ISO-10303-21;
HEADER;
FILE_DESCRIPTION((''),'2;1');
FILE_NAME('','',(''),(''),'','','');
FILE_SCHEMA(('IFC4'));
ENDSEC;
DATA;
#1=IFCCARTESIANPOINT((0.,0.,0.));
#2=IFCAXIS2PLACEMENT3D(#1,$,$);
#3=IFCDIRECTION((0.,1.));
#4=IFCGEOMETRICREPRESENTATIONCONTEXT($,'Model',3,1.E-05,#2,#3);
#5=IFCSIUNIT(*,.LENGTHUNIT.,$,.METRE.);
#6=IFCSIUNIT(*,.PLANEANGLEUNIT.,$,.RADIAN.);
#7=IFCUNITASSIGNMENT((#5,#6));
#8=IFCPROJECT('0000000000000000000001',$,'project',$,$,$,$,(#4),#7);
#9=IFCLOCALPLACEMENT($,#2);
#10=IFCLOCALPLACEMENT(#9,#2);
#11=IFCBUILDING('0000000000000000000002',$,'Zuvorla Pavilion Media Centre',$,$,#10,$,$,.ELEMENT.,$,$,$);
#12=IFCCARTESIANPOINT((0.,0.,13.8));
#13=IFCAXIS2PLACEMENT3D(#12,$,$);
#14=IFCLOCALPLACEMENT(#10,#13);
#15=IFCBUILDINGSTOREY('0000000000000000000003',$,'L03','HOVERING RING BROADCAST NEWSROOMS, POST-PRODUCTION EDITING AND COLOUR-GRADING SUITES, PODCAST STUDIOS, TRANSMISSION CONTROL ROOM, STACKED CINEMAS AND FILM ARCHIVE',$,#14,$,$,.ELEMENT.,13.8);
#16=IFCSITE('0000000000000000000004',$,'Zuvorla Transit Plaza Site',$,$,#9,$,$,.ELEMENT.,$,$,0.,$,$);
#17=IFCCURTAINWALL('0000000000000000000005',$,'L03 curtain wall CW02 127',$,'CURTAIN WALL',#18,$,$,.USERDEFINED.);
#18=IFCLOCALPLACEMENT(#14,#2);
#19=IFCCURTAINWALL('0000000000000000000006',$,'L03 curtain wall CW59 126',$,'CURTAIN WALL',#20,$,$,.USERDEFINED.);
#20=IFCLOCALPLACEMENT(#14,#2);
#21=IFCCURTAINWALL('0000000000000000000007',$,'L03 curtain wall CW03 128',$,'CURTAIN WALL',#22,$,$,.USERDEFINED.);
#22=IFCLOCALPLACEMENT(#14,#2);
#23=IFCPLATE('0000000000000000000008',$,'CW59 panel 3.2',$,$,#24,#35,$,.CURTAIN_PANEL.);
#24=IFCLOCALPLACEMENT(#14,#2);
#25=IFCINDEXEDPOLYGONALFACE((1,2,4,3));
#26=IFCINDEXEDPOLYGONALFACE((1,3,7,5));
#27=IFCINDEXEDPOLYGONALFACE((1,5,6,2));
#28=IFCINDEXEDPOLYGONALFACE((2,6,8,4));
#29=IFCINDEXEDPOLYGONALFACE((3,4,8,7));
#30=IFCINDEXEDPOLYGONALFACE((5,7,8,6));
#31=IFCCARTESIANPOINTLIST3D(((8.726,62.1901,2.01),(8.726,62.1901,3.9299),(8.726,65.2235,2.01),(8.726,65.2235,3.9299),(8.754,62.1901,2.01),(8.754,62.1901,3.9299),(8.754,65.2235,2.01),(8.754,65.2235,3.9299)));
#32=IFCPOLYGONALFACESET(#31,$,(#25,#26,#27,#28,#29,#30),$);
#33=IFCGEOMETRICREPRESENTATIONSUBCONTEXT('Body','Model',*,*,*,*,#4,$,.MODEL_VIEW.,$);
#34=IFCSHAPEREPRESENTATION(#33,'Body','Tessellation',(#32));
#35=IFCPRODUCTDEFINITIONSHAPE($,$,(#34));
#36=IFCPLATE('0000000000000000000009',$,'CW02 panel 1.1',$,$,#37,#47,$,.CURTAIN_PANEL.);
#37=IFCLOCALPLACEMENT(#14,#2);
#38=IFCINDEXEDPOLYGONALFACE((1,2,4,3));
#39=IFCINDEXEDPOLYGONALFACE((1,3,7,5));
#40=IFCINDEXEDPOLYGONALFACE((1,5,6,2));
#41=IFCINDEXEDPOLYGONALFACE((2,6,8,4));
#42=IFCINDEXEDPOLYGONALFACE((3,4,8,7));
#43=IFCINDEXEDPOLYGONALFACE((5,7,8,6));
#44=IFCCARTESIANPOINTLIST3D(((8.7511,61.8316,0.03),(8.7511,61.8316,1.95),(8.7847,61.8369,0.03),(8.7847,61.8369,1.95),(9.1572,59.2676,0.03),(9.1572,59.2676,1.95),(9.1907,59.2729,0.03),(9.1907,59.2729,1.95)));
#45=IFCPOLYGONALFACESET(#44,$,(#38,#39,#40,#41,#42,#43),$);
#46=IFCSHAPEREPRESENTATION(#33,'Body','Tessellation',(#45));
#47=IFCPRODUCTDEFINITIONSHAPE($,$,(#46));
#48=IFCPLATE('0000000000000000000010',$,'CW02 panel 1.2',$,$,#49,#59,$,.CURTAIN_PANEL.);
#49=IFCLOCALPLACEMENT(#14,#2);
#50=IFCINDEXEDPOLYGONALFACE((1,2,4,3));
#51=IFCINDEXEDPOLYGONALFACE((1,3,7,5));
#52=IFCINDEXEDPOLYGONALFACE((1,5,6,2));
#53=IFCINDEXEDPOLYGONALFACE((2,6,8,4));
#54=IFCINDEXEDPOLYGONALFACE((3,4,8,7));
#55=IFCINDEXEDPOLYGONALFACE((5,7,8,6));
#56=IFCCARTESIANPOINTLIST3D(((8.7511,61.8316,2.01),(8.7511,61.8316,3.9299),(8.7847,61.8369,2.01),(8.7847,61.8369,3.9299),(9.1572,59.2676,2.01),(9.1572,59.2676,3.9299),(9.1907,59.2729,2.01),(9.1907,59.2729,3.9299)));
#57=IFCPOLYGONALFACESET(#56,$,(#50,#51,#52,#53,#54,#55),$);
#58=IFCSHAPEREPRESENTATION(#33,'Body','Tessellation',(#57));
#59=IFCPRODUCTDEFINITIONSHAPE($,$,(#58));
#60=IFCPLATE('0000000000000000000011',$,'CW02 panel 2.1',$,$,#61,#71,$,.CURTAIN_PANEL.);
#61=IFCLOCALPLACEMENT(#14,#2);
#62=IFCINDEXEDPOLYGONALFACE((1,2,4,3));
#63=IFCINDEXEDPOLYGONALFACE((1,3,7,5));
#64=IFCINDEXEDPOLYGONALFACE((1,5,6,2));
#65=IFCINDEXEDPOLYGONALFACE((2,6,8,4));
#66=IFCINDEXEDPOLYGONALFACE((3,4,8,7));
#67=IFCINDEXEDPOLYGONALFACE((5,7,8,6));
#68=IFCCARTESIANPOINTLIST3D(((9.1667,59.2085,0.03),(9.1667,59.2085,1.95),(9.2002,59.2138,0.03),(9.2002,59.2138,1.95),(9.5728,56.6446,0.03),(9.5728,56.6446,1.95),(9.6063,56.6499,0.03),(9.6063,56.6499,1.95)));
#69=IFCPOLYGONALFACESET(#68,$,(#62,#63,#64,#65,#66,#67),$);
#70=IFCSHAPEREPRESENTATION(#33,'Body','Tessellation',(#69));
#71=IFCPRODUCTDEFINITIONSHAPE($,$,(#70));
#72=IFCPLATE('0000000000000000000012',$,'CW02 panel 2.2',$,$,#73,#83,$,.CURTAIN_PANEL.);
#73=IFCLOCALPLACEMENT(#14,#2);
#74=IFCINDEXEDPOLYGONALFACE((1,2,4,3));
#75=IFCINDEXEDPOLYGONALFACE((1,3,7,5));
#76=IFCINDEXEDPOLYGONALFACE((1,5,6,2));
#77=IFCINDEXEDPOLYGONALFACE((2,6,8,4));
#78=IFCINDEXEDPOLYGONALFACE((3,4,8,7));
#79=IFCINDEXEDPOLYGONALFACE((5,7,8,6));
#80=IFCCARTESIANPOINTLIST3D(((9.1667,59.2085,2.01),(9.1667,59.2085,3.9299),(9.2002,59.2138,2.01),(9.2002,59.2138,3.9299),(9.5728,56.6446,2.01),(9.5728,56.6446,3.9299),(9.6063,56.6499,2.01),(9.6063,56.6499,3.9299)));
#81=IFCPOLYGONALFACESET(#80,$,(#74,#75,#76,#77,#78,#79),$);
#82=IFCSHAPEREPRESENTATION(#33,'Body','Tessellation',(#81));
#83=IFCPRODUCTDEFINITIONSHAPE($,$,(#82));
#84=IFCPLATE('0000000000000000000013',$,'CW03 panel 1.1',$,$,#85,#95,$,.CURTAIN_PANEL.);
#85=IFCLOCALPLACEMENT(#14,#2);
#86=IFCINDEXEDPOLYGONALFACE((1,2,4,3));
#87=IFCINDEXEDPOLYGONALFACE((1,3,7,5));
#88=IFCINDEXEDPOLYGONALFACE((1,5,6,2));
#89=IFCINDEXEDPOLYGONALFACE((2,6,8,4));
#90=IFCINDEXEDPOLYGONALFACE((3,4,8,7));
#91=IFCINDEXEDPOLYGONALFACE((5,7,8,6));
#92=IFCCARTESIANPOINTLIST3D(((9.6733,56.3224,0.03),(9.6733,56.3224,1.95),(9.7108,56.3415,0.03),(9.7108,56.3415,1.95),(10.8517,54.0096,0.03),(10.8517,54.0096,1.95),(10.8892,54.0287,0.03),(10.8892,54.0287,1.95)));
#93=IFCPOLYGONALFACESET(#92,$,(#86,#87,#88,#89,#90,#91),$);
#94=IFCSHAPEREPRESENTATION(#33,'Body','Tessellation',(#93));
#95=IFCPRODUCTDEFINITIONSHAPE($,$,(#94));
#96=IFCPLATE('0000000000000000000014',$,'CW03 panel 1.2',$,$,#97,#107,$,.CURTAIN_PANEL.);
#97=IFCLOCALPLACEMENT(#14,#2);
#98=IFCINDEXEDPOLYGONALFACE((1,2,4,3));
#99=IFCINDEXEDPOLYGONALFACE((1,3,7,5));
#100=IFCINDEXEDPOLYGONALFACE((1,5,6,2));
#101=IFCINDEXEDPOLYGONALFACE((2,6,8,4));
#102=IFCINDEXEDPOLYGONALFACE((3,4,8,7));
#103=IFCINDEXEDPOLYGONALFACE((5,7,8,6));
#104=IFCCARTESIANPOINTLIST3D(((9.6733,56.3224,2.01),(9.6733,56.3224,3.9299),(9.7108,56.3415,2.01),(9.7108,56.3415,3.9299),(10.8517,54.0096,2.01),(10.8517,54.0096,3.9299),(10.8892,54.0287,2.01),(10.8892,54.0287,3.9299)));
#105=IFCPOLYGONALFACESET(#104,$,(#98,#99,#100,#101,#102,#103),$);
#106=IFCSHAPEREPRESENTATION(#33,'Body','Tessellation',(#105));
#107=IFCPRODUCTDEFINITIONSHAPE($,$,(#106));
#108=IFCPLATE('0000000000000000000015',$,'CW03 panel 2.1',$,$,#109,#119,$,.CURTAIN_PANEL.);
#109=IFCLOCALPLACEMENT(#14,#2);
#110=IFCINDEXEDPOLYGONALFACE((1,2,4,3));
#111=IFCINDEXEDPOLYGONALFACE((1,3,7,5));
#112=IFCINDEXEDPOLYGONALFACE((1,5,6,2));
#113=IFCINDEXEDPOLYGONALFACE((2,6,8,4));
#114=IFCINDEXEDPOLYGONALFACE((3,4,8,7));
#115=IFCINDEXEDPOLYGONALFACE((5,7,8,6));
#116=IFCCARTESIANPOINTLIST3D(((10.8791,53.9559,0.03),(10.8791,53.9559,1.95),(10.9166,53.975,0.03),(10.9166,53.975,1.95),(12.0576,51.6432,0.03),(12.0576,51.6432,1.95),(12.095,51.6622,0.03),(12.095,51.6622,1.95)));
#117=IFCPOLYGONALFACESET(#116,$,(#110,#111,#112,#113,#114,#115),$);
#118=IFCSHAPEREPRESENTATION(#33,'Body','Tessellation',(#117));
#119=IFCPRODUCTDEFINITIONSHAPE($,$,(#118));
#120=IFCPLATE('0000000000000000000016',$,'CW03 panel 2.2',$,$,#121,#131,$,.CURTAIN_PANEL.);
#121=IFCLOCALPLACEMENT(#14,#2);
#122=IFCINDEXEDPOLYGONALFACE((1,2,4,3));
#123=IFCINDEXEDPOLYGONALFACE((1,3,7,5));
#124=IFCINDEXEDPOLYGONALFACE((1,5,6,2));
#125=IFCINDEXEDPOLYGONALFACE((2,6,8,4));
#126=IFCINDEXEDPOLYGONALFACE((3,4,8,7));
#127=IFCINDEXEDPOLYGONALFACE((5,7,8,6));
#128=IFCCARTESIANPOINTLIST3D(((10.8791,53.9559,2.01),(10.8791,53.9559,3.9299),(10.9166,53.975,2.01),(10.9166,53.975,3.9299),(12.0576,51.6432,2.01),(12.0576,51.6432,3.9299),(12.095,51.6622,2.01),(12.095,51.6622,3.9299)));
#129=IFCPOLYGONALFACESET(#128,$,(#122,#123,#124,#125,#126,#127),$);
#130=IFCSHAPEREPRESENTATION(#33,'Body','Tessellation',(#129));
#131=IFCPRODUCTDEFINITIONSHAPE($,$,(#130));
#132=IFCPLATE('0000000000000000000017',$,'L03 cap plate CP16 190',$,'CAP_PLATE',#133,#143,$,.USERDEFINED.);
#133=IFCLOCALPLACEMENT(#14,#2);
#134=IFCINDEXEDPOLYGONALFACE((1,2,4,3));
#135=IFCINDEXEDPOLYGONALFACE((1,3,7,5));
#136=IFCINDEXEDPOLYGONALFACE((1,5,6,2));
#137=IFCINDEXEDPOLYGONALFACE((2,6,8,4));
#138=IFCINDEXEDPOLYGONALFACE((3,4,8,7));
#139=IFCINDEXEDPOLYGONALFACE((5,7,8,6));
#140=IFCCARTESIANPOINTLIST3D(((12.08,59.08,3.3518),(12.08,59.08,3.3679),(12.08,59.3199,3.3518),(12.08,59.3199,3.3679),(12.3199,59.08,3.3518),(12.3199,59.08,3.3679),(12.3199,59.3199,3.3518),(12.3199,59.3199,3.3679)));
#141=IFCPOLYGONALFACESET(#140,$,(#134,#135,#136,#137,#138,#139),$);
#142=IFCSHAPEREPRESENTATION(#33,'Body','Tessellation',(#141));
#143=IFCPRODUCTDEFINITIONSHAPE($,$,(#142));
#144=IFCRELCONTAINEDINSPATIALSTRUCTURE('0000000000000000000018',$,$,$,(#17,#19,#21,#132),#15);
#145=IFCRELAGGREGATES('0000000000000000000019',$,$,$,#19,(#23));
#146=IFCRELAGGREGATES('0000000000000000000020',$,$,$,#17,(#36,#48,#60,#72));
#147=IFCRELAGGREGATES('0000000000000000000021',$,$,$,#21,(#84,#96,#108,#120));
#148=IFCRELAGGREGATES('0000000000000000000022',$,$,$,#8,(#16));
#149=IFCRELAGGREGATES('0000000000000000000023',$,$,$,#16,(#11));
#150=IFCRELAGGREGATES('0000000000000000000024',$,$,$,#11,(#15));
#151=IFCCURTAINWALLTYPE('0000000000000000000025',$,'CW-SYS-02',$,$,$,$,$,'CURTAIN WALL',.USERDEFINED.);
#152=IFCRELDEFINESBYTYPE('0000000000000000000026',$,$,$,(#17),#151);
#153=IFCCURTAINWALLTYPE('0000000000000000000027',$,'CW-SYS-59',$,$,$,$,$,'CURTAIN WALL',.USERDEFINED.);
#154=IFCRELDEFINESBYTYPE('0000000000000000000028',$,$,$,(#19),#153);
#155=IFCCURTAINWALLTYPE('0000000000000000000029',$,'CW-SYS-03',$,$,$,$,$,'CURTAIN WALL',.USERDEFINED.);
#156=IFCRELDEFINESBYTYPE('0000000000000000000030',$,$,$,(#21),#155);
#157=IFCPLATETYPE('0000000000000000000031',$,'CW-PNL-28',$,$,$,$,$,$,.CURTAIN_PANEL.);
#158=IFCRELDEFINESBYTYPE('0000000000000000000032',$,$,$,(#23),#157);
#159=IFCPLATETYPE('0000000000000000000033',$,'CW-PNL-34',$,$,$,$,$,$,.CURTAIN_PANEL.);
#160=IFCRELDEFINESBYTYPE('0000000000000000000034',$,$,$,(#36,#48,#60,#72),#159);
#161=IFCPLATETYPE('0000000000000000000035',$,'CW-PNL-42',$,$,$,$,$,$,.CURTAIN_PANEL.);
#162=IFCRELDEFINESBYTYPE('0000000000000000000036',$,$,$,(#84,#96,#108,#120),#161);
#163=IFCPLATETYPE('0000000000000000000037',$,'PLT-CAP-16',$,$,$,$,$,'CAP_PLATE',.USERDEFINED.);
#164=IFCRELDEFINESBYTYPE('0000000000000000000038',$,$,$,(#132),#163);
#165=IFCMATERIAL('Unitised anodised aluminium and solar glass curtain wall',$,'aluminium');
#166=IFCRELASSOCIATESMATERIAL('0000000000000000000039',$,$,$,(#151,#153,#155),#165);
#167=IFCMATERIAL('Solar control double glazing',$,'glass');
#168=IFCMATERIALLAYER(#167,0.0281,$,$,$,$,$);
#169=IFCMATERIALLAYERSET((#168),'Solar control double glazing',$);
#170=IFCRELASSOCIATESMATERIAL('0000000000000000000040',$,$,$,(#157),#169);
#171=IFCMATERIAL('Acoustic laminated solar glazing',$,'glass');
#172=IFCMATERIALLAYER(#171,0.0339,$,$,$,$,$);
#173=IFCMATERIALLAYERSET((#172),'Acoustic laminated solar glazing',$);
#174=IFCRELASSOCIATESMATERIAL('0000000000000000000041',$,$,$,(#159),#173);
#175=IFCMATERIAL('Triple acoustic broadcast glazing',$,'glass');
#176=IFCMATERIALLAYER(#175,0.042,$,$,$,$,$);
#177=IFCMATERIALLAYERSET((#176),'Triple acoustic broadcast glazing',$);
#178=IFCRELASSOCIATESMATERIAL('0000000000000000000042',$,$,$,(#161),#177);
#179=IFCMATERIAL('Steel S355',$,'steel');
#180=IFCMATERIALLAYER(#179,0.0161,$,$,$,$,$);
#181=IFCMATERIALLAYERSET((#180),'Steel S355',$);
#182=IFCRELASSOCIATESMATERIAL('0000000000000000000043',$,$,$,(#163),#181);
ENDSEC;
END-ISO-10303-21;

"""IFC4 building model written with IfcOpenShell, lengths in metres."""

from ifc_helpers import new_model, si_unit, direction, frame, origin, origin_2d, place, context, subcontext, project, spatial, rectangle, extrude, material, layer, layer_set, type_object, element, aggregate, save


model = new_model("IFC4")

# Units and contexts
model_context = context("Model", 3, precision=1e-05, world=origin(), true_north=direction((0.0, 1.0)))
body_context = subcontext(model_context, "Body", "Model", "MODEL_VIEW")
ifc_project = project(units=[si_unit("LENGTHUNIT", "METRE"), si_unit("PLANEANGLEUNIT", "RADIAN")], contexts=[model_context])

# Site, building, storey
site_placement = place(None, origin())
site = spatial("IfcSite", under=ifc_project, at=site_placement, Name="Zuvorla Transit Plaza Site", CompositionType="ELEMENT", RefElevation=0.0)
building_placement = place(site_placement, origin())
building = spatial("IfcBuilding", under=site, at=building_placement, Name="Zuvorla Pavilion Media Centre", CompositionType="ELEMENT")
storey_placement = place(building_placement, frame((0.0, 0.0, 13.8)))
storey = spatial("IfcBuildingStorey", under=building, at=storey_placement, Name="L03", Description="HOVERING RING BROADCAST NEWSROOMS, POST-PRODUCTION EDITING AND COLOUR-GRADING SUITES, PODCAST STUDIOS, TRANSMISSION CONTROL ROOM, STACKED CINEMAS AND FILM ARCHIVE", CompositionType="ELEMENT", Elevation=13.8)

# Shared definitions
ifc_material_1 = material(Name="Steel S355", Category="steel")

# Curtain walls
ifc_material_2 = material(Name="Unitised anodised aluminium and solar glass curtain wall", Category="aluminium")
curtain_wall_type_1 = type_object("IfcCurtainWallType", Name="CW-SYS-02", ElementType="CURTAIN WALL", PredefinedType="USERDEFINED", material=ifc_material_2)
curtain_wall_1_placement = place(storey_placement, origin())
curtain_wall_1 = element("IfcCurtainWall", 1, at=curtain_wall_1_placement, inside=storey, type_object=curtain_wall_type_1, Name="L03 curtain wall CW02 127", ObjectType="CURTAIN WALL", PredefinedType="USERDEFINED")
curtain_wall_type_2 = type_object("IfcCurtainWallType", Name="CW-SYS-59", ElementType="CURTAIN WALL", PredefinedType="USERDEFINED", material=ifc_material_2)
curtain_wall_2_placement = place(storey_placement, origin())
curtain_wall_2 = element("IfcCurtainWall", 2, at=curtain_wall_2_placement, inside=storey, type_object=curtain_wall_type_2, Name="L03 curtain wall CW59 126", ObjectType="CURTAIN WALL", PredefinedType="USERDEFINED")
curtain_wall_type_3 = type_object("IfcCurtainWallType", Name="CW-SYS-03", ElementType="CURTAIN WALL", PredefinedType="USERDEFINED", material=ifc_material_2)
curtain_wall_3_placement = place(storey_placement, origin())
curtain_wall_3 = element("IfcCurtainWall", 3, at=curtain_wall_3_placement, inside=storey, type_object=curtain_wall_type_3, Name="L03 curtain wall CW03 128", ObjectType="CURTAIN WALL", PredefinedType="USERDEFINED")

# Plates
ifc_material_3 = material(Name="Solar control double glazing", Category="glass")
ifc_layer_1 = layer(ifc_material_3, 0.0281)
ifc_layer_set_1 = layer_set([ifc_layer_1], Name="Solar control double glazing")
plate_type_1 = type_object("IfcPlateType", Name="CW-PNL-28", PredefinedType="CURTAIN_PANEL", material=ifc_layer_set_1)
plate_1_placement = place(storey_placement, frame((8.74, 63.7068, 2.01), z_axis=(0.0, 0.0, 1.0), x_axis=(0.0, -1.0, 0.0)))
plate_1 = element("IfcPlate", 4, at=plate_1_placement, type_object=plate_type_1, Name="CW59 panel 3.2", PredefinedType="CURTAIN_PANEL", context=body_context, shape_type="SweptSolid", body=[
    extrude(rectangle(XDim=3.0334, YDim=0.0281, at=origin_2d()), origin(), (0.0, 0.0, 1.0), 1.9199),
])
aggregate(curtain_wall_2, [plate_1])
ifc_material_4 = material(Name="Acoustic laminated solar glazing", Category="glass")
ifc_layer_2 = layer(ifc_material_4, 0.0339)
ifc_layer_set_2 = layer_set([ifc_layer_2], Name="Acoustic laminated solar glazing")
plate_type_2 = type_object("IfcPlateType", Name="CW-PNL-34", PredefinedType="CURTAIN_PANEL", material=ifc_layer_set_2)
plate_2_placement = place(storey_placement, frame((8.9709, 60.5522, 0.03), z_axis=(0.0, 0.0, 1.0), x_axis=(0.156429, -0.987689, 0.0)))
plate_2 = element("IfcPlate", 5, at=plate_2_placement, type_object=plate_type_2, Name="CW02 panel 1.1", PredefinedType="CURTAIN_PANEL", context=body_context, shape_type="SweptSolid", body=[
    extrude(rectangle(XDim=2.5959, YDim=0.0339, at=origin_2d()), origin(), (0.0, 0.0, 1.0), 1.9199),
])
plate_3_placement = place(storey_placement, frame((8.9709, 60.5522, 2.01), z_axis=(0.0, 0.0, 1.0), x_axis=(0.156429, -0.987689, 0.0)))
plate_3 = element("IfcPlate", 6, at=plate_3_placement, type_object=plate_type_2, Name="CW02 panel 1.2", PredefinedType="CURTAIN_PANEL", context=body_context, shape_type="SweptSolid", body=[
    extrude(rectangle(XDim=2.5959, YDim=0.0339, at=origin_2d()), origin(), (0.0, 0.0, 1.0), 1.9199),
])
plate_4_placement = place(storey_placement, frame((9.3865, 57.9292, 0.03), z_axis=(0.0, 0.0, 1.0), x_axis=(0.156429, -0.987689, 0.0)))
plate_4 = element("IfcPlate", 7, at=plate_4_placement, type_object=plate_type_2, Name="CW02 panel 2.1", PredefinedType="CURTAIN_PANEL", context=body_context, shape_type="SweptSolid", body=[
    extrude(rectangle(XDim=2.5959, YDim=0.0339, at=origin_2d()), origin(), (0.0, 0.0, 1.0), 1.9199),
])
plate_5_placement = place(storey_placement, frame((9.3865, 57.9292, 2.01), z_axis=(0.0, 0.0, 1.0), x_axis=(0.156429, -0.987689, 0.0)))
plate_5 = element("IfcPlate", 8, at=plate_5_placement, type_object=plate_type_2, Name="CW02 panel 2.2", PredefinedType="CURTAIN_PANEL", context=body_context, shape_type="SweptSolid", body=[
    extrude(rectangle(XDim=2.5959, YDim=0.0339, at=origin_2d()), origin(), (0.0, 0.0, 1.0), 1.9199),
])
aggregate(curtain_wall_1, [plate_2, plate_3, plate_4, plate_5])
ifc_material_5 = material(Name="Triple acoustic broadcast glazing", Category="glass")
ifc_layer_3 = layer(ifc_material_5, 0.042)
ifc_layer_set_3 = layer_set([ifc_layer_3], Name="Triple acoustic broadcast glazing")
plate_type_3 = type_object("IfcPlateType", Name="CW-PNL-42", PredefinedType="CURTAIN_PANEL", material=ifc_layer_set_3)
plate_6_placement = place(storey_placement, frame((10.2812, 55.1755, 0.03), z_axis=(0.0, 0.0, 1.0), x_axis=(0.453986, -0.891009, 0.0)))
plate_6 = element("IfcPlate", 9, at=plate_6_placement, type_object=plate_type_3, Name="CW03 panel 1.1", PredefinedType="CURTAIN_PANEL", context=body_context, shape_type="SweptSolid", body=[
    extrude(rectangle(XDim=2.5957, YDim=0.042, at=origin_2d()), origin(), (0.0, 0.0, 1.0), 1.9199),
])
plate_7_placement = place(storey_placement, frame((10.2812, 55.1755, 2.01), z_axis=(0.0, 0.0, 1.0), x_axis=(0.453986, -0.891009, 0.0)))
plate_7 = element("IfcPlate", 10, at=plate_7_placement, type_object=plate_type_3, Name="CW03 panel 1.2", PredefinedType="CURTAIN_PANEL", context=body_context, shape_type="SweptSolid", body=[
    extrude(rectangle(XDim=2.5957, YDim=0.042, at=origin_2d()), origin(), (0.0, 0.0, 1.0), 1.9199),
])
plate_8_placement = place(storey_placement, frame((11.4871, 52.8091, 0.03), z_axis=(0.0, 0.0, 1.0), x_axis=(0.453986, -0.891009, 0.0)))
plate_8 = element("IfcPlate", 11, at=plate_8_placement, type_object=plate_type_3, Name="CW03 panel 2.1", PredefinedType="CURTAIN_PANEL", context=body_context, shape_type="SweptSolid", body=[
    extrude(rectangle(XDim=2.5957, YDim=0.042, at=origin_2d()), origin(), (0.0, 0.0, 1.0), 1.9199),
])
plate_9_placement = place(storey_placement, frame((11.4871, 52.8091, 2.01), z_axis=(0.0, 0.0, 1.0), x_axis=(0.453986, -0.891009, 0.0)))
plate_9 = element("IfcPlate", 12, at=plate_9_placement, type_object=plate_type_3, Name="CW03 panel 2.2", PredefinedType="CURTAIN_PANEL", context=body_context, shape_type="SweptSolid", body=[
    extrude(rectangle(XDim=2.5957, YDim=0.042, at=origin_2d()), origin(), (0.0, 0.0, 1.0), 1.9199),
])
aggregate(curtain_wall_3, [plate_6, plate_7, plate_8, plate_9])
ifc_layer_4 = layer(ifc_material_1, 0.0161)
ifc_layer_set_4 = layer_set([ifc_layer_4], Name="Steel S355")
plate_type_4 = type_object("IfcPlateType", Name="PLT-CAP-16", ElementType="CAP_PLATE", PredefinedType="USERDEFINED", material=ifc_layer_set_4)
plate_10_placement = place(storey_placement, frame((12.2, 59.2, 3.3518), z_axis=(0.0, 0.0, 1.0), x_axis=(1.0, 0.0, 0.0)))
element("IfcPlate", 13, at=plate_10_placement, inside=storey, type_object=plate_type_4, Name="L03 cap plate CP16 190", ObjectType="CAP_PLATE", PredefinedType="USERDEFINED", context=body_context, shape_type="SweptSolid", body=[
    extrude(rectangle(XDim=0.24, YDim=0.24, at=origin_2d()), origin(), (0.0, 0.0, 1.0), 0.0161),
])

save(model, "model.ifc")
